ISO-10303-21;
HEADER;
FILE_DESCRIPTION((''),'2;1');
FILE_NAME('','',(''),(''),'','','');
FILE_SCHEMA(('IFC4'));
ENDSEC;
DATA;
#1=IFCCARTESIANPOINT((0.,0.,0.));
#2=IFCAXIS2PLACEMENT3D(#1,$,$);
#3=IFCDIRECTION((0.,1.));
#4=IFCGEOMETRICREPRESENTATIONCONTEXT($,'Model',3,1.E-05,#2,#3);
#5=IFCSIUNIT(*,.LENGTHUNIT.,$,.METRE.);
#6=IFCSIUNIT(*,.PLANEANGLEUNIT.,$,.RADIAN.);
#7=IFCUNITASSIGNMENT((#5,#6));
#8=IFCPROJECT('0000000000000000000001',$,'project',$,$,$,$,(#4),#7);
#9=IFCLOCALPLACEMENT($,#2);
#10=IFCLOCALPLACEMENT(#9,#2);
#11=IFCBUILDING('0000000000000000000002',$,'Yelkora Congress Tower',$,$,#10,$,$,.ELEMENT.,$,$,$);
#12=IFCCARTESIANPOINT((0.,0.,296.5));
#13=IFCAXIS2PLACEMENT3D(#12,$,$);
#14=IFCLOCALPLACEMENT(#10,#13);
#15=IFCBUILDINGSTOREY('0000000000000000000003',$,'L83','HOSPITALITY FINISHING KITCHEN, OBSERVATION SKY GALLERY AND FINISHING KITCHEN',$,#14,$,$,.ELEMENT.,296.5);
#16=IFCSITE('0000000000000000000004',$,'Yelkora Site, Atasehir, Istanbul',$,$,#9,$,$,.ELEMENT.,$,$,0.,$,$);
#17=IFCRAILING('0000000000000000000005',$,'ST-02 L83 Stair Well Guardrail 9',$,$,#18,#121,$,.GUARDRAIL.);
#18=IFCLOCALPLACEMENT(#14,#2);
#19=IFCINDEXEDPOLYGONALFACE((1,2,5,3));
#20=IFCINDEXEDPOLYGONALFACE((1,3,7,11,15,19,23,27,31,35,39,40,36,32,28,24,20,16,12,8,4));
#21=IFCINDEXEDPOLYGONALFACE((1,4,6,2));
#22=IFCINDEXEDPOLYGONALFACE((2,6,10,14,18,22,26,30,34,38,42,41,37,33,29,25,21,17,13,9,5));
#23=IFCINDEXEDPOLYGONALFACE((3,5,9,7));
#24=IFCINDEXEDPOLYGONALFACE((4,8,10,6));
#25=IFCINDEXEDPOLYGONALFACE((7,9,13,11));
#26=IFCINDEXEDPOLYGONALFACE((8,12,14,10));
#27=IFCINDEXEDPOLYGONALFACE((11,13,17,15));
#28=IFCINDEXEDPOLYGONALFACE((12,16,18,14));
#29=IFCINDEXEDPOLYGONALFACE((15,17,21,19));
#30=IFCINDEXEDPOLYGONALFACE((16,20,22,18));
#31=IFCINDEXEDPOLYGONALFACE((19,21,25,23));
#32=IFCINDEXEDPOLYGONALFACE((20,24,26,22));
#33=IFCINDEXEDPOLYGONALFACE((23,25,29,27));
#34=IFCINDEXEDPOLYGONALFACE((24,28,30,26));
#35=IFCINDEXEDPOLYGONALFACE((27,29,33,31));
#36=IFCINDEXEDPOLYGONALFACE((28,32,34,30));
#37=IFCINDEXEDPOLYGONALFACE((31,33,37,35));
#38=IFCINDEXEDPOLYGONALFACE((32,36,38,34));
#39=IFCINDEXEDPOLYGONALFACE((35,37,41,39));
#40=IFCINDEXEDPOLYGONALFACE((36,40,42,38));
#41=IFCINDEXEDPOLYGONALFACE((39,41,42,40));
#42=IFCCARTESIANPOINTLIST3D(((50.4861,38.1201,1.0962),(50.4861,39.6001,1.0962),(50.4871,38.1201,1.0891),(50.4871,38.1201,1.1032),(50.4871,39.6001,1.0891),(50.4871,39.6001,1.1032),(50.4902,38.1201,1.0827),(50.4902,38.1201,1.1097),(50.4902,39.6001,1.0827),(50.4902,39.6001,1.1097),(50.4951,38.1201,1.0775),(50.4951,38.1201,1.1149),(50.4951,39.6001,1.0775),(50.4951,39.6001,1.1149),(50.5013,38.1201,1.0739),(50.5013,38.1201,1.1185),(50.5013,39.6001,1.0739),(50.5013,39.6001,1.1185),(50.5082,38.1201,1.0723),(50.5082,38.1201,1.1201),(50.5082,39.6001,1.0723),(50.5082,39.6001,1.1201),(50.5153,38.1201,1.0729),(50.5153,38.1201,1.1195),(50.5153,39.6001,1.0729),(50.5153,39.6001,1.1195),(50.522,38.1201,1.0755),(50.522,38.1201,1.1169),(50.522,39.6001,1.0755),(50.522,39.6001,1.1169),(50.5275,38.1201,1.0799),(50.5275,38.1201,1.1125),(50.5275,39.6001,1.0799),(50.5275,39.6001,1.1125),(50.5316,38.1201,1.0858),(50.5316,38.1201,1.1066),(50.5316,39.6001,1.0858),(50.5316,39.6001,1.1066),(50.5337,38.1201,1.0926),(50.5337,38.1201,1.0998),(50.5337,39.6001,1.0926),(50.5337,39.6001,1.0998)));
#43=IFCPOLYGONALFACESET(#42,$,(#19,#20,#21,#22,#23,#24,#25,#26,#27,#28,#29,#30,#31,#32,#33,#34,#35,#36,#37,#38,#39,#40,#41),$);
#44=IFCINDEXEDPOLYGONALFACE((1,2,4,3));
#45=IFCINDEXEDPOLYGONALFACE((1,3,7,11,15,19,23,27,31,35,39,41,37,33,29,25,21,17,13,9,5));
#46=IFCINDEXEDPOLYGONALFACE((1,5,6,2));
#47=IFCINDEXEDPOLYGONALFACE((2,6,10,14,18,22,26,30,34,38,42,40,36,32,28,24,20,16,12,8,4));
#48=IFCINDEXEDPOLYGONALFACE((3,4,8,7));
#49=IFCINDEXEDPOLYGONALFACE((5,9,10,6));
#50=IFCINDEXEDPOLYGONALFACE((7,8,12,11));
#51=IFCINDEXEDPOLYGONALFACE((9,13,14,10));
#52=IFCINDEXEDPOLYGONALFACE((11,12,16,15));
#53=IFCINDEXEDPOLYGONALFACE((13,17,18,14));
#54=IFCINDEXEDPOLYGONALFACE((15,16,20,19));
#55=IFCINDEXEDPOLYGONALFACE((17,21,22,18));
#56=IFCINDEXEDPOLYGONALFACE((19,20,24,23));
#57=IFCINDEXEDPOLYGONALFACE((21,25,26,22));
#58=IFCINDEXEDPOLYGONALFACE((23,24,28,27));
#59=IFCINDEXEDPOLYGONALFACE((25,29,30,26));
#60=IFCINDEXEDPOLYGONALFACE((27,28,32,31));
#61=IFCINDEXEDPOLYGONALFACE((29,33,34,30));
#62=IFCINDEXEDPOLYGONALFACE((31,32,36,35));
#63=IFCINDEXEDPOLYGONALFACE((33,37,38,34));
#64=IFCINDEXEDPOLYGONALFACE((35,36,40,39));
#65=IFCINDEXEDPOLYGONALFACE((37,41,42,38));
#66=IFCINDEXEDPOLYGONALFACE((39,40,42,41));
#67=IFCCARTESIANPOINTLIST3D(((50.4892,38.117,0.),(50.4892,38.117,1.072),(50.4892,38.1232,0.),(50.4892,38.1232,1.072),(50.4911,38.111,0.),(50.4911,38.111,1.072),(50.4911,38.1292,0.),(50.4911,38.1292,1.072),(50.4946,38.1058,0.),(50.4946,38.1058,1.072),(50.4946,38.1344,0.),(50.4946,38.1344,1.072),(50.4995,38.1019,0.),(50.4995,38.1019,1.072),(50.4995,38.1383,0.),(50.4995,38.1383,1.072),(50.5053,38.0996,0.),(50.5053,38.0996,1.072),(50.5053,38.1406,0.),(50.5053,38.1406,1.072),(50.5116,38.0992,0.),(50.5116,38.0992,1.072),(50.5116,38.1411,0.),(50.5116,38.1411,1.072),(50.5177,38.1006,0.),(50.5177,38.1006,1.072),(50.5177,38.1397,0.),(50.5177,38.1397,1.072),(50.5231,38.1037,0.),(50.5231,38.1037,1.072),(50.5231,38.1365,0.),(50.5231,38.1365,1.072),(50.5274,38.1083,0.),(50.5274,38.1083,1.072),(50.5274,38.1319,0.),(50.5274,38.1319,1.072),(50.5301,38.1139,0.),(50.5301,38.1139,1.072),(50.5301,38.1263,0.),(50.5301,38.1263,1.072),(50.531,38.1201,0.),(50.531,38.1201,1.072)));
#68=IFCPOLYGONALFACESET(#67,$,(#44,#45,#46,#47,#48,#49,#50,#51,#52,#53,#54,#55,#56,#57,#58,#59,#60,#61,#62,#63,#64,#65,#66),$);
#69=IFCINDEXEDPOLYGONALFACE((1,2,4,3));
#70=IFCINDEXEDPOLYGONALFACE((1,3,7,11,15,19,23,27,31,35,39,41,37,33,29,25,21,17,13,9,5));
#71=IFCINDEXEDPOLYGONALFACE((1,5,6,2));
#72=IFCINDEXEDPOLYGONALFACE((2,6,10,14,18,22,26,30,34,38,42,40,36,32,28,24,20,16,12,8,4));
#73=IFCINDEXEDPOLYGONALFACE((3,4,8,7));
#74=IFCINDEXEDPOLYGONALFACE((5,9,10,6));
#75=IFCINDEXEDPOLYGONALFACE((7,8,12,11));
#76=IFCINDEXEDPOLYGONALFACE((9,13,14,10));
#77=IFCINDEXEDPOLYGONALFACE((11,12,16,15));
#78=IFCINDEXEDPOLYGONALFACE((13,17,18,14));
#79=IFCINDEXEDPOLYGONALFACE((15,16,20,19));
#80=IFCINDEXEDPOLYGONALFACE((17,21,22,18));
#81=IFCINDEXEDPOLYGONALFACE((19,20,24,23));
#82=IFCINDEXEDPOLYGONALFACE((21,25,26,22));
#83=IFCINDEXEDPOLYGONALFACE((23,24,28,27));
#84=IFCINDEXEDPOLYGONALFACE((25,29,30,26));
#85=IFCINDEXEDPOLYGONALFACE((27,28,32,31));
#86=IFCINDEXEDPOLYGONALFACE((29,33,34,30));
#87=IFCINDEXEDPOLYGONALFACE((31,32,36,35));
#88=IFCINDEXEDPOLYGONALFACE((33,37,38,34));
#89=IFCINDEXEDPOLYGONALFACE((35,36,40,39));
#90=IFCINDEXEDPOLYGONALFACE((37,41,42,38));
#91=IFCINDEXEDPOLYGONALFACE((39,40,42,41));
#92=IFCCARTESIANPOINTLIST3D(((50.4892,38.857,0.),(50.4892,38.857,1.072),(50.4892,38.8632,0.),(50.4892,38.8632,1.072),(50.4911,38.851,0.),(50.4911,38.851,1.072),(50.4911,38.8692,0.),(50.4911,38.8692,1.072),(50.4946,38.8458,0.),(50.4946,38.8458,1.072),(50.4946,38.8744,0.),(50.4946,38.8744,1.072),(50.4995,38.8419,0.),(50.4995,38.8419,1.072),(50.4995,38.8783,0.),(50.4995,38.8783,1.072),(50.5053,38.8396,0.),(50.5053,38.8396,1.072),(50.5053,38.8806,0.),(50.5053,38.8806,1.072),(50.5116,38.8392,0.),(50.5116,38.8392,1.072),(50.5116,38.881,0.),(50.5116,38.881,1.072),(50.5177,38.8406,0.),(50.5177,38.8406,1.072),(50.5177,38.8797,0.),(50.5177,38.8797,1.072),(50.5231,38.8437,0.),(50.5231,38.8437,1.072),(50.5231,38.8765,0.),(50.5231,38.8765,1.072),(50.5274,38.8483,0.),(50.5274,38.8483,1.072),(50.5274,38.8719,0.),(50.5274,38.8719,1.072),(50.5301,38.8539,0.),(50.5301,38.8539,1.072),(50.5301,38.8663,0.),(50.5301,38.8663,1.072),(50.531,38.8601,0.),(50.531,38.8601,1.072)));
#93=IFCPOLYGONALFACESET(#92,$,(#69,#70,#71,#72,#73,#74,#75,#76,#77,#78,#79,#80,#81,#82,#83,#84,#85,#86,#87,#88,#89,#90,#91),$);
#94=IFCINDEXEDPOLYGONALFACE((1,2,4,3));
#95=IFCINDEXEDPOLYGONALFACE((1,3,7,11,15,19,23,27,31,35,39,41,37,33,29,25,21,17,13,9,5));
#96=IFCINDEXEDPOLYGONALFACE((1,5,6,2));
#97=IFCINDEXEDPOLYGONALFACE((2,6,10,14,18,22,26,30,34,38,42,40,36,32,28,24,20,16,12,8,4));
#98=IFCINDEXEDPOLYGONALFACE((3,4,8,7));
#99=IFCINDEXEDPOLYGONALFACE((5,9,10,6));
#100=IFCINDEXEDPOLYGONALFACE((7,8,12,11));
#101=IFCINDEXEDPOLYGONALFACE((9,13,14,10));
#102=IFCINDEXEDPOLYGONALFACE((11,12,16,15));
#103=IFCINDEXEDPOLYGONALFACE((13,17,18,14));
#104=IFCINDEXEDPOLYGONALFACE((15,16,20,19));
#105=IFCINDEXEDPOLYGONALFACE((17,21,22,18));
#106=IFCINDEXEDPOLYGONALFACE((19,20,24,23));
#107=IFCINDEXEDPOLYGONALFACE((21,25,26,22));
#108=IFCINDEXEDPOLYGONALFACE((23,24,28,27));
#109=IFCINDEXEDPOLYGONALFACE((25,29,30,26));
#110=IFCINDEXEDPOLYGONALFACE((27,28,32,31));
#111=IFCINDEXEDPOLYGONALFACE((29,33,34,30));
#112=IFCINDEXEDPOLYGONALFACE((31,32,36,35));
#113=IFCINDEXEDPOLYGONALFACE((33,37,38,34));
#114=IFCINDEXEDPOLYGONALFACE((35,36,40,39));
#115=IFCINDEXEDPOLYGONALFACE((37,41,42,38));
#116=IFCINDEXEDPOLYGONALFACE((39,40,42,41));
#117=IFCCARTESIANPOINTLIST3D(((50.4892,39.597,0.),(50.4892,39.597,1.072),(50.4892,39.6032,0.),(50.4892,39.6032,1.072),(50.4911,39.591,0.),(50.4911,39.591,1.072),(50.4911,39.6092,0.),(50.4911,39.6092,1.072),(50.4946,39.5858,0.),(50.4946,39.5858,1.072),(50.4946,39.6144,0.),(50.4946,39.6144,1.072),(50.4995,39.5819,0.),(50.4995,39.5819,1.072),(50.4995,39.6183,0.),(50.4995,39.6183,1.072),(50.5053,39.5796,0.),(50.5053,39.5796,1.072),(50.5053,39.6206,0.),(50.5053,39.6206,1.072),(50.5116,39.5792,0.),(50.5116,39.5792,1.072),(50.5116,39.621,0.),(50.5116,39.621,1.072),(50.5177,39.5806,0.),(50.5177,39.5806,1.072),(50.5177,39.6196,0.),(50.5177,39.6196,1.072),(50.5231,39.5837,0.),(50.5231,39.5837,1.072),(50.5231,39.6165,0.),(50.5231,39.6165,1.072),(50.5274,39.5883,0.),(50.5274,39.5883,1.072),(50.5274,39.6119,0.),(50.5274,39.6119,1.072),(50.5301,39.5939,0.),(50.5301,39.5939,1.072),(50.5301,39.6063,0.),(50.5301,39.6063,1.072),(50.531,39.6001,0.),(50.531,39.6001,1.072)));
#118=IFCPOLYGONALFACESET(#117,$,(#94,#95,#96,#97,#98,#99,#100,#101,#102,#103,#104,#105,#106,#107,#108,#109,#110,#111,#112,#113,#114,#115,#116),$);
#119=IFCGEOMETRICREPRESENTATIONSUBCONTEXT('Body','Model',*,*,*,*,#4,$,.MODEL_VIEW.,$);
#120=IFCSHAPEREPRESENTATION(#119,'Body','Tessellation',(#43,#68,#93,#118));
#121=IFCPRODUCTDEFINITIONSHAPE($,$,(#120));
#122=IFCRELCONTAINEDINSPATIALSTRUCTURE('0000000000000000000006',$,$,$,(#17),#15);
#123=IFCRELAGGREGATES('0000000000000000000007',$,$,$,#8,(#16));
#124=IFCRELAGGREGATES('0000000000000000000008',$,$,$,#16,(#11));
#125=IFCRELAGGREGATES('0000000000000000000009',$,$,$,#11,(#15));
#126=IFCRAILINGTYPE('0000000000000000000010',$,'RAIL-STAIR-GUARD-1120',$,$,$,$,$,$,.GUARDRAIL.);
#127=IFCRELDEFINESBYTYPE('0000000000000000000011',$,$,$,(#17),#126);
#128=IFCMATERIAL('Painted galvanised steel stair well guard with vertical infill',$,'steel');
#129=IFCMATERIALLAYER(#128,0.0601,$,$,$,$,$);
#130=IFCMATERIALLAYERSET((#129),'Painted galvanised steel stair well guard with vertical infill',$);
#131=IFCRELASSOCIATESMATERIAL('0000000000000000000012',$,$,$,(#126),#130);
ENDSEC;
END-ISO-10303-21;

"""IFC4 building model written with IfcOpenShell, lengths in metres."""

from ifc_helpers import new_model, si_unit, direction, frame, origin, origin_2d, place, context, subcontext, project, spatial, circle, extrude, material, layer, layer_set, type_object, element, save


model = new_model("IFC4")

# Units and contexts
model_context = context("Model", 3, precision=1e-05, world=origin(), true_north=direction((0.0, 1.0)))
body_context = subcontext(model_context, "Body", "Model", "MODEL_VIEW")
ifc_project = project(units=[si_unit("LENGTHUNIT", "METRE"), si_unit("PLANEANGLEUNIT", "RADIAN")], contexts=[model_context])

# Site, building, storey
site_placement = place(None, origin())
site = spatial("IfcSite", under=ifc_project, at=site_placement, Name="Yelkora Site, Atasehir, Istanbul", CompositionType="ELEMENT", RefElevation=0.0)
building_placement = place(site_placement, origin())
building = spatial("IfcBuilding", under=site, at=building_placement, Name="Yelkora Congress Tower", CompositionType="ELEMENT")
storey_placement = place(building_placement, frame((0.0, 0.0, 296.5)))
storey = spatial("IfcBuildingStorey", under=building, at=storey_placement, Name="L83", Description="HOSPITALITY FINISHING KITCHEN, OBSERVATION SKY GALLERY AND FINISHING KITCHEN", CompositionType="ELEMENT", Elevation=296.5)

# Railing
ifc_material_1 = material(Name="Painted galvanised steel stair well guard with vertical infill", Category="steel")
ifc_layer_1 = layer(ifc_material_1, 0.0601)
ifc_layer_set_1 = layer_set([ifc_layer_1], Name="Painted galvanised steel stair well guard with vertical infill")
railing_type_1 = type_object("IfcRailingType", Name="RAIL-STAIR-GUARD-1120", PredefinedType="GUARDRAIL", material=ifc_layer_set_1)
for number, where, name in (
    (1, (50.51, 38.1201, 0.0), "ST-02 L83 Stair Well Guardrail 9"),
):
    element("IfcRailing", number, at=place(storey_placement, frame(where)), inside=storey, type_object=railing_type_1, Name=name, PredefinedType="GUARDRAIL", context=body_context, shape_type="SweptSolid", body=[
        extrude(circle(Radius=0.0239, at=origin_2d()), frame((0.0, 0.0, 1.0962), z_axis=(0.0, 1.0, 0.0), x_axis=(-1.0, 0.0, 0.0)), (0.0, 0.0, 1.0), 1.48),
        extrude(circle(Radius=0.021, at=origin_2d()), origin(), (0.0, 0.0, 1.0), 1.072),
        extrude(circle(Radius=0.021, at=origin_2d()), frame((0.0, 0.74, 0.0)), (0.0, 0.0, 1.0), 1.072),
        extrude(circle(Radius=0.021, at=origin_2d()), frame((0.0, 1.48, 0.0)), (0.0, 0.0, 1.0), 1.072),
    ])

save(model, "model.ifc")
